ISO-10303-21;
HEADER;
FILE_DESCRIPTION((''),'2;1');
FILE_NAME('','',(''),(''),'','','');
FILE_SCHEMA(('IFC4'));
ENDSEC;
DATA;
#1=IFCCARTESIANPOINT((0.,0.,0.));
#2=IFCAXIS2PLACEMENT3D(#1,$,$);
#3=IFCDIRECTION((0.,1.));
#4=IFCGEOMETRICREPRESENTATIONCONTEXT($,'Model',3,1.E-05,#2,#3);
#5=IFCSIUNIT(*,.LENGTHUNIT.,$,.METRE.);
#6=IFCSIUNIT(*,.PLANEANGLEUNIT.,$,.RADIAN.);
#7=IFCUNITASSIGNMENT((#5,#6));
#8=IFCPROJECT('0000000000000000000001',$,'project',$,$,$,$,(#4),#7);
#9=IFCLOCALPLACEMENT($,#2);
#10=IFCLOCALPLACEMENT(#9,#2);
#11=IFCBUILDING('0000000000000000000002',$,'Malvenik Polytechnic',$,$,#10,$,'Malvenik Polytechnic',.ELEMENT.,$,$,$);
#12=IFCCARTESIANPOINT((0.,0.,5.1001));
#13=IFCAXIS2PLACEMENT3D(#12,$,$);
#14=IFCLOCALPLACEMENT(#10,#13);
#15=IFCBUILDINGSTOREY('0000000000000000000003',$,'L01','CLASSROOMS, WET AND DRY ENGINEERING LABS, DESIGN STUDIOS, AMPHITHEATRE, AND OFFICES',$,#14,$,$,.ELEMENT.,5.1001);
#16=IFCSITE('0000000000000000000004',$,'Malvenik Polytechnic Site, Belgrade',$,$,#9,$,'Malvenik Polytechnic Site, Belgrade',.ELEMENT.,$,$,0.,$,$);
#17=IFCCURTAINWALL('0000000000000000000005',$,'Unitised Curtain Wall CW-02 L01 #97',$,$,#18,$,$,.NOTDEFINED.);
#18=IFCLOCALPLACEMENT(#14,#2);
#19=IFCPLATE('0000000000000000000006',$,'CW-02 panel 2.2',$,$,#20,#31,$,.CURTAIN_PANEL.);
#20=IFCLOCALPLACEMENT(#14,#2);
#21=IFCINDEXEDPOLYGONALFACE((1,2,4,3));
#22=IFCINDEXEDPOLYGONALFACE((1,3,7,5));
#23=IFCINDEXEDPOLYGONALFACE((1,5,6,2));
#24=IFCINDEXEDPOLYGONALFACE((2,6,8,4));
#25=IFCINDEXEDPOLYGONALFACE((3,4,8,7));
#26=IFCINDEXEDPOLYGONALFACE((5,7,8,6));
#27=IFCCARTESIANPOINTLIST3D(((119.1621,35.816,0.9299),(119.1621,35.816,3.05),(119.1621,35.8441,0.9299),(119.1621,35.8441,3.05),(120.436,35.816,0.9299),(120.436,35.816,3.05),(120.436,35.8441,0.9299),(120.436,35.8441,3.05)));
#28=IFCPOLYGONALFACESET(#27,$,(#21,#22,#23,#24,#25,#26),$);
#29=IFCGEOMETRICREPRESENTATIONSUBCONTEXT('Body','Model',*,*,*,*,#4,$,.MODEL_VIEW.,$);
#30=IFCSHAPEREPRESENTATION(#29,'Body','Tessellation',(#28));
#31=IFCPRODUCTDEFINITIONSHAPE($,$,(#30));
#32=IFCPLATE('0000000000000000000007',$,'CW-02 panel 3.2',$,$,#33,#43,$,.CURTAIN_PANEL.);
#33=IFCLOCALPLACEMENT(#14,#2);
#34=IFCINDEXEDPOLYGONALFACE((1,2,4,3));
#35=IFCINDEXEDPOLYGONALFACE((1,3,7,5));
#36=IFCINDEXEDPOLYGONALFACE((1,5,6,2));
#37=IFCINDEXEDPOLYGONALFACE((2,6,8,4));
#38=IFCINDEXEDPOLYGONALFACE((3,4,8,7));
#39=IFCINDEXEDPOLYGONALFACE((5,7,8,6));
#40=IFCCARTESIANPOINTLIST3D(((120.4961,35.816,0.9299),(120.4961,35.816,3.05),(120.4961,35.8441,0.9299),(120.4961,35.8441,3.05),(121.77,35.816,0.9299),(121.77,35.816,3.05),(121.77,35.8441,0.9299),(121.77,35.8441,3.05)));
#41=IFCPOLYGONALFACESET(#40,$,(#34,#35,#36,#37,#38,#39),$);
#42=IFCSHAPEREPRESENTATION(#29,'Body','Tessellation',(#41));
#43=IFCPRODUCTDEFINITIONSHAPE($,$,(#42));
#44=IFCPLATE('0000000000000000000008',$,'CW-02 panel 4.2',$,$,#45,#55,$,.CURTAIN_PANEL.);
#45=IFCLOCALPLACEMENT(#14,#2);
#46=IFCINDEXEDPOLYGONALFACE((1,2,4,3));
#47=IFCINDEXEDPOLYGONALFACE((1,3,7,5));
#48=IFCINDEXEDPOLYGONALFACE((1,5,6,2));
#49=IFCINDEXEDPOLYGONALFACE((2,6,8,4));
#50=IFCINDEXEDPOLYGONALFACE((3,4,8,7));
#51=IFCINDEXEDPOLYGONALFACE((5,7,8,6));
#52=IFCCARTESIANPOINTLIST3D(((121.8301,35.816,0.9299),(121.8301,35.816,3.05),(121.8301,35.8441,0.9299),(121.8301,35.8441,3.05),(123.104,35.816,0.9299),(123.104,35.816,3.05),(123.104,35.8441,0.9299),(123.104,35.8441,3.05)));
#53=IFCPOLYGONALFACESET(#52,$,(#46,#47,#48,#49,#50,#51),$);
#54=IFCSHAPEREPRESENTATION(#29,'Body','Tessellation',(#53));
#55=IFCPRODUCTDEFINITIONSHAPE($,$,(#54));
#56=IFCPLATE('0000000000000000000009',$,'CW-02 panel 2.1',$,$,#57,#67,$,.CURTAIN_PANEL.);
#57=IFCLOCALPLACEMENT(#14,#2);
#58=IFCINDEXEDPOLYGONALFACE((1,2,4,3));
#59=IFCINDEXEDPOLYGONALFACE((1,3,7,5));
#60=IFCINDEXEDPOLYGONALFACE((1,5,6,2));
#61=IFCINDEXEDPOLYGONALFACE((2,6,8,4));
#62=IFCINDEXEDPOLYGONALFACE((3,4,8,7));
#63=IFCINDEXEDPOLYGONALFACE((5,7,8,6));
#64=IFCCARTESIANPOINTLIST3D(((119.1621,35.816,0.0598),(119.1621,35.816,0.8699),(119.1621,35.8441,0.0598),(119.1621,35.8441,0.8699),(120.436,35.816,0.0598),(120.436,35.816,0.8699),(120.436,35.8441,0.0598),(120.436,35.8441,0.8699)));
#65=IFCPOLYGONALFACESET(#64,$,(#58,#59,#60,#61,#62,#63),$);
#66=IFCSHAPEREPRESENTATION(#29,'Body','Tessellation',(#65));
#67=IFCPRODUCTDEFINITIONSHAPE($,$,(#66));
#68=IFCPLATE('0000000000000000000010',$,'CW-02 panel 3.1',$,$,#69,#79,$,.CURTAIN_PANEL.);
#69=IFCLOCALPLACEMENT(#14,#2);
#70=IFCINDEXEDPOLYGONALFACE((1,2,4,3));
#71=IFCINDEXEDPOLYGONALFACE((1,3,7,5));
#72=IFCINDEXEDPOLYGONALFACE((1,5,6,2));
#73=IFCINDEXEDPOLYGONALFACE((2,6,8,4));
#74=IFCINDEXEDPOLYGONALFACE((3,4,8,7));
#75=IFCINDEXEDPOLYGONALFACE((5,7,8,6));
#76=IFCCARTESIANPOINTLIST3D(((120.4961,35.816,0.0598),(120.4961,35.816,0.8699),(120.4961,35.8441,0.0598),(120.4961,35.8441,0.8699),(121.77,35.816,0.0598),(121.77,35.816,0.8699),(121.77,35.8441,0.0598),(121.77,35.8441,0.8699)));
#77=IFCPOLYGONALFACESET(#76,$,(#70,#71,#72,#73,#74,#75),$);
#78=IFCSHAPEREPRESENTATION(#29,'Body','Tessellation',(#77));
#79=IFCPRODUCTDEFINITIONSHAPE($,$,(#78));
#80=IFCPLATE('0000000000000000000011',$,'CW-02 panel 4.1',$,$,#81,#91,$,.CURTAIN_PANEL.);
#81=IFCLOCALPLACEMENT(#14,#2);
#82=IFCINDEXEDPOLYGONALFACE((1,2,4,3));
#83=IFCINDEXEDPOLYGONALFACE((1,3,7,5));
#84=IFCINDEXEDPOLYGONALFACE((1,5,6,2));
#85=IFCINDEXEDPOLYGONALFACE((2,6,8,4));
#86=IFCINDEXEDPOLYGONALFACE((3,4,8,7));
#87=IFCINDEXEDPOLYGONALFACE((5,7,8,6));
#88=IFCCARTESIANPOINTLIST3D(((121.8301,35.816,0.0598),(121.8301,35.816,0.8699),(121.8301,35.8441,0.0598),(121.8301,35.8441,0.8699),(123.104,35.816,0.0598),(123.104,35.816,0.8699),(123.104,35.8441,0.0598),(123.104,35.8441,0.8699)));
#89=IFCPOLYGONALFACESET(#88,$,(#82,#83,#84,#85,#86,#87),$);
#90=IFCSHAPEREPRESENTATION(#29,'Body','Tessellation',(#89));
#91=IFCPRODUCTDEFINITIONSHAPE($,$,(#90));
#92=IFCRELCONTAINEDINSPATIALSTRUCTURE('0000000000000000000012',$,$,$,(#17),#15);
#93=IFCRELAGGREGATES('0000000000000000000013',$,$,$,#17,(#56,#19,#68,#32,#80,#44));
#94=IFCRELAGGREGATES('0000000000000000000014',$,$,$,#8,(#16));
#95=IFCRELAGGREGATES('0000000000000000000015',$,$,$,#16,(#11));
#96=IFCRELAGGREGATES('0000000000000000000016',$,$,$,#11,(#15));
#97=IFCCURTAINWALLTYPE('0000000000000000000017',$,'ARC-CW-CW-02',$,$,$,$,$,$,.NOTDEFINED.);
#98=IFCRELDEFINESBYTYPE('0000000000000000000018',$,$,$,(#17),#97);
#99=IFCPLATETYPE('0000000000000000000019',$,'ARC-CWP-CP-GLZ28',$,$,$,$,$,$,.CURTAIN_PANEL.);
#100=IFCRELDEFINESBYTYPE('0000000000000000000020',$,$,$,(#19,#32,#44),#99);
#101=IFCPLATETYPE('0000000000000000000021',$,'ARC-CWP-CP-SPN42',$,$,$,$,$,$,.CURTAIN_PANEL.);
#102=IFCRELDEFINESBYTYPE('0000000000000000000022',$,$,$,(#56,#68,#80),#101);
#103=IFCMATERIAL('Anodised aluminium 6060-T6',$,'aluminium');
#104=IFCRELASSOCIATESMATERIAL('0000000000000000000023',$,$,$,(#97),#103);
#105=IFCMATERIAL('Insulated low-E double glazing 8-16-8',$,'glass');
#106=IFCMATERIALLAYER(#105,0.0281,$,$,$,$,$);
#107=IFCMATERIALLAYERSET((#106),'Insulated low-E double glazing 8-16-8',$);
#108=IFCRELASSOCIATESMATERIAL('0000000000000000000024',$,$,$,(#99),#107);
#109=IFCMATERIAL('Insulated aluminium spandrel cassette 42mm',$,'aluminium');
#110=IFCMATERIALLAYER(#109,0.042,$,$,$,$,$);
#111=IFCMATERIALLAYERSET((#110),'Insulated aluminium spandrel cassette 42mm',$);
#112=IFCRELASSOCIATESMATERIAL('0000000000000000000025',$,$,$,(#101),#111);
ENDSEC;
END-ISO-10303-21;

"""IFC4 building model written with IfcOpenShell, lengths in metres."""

from ifc_helpers import new_model, si_unit, direction, frame, origin, origin_2d, place, context, subcontext, project, spatial, rectangle, extrude, material, layer, layer_set, type_object, element, aggregate, save


model = new_model("IFC4")

# Units and contexts
model_context = context("Model", 3, precision=1e-05, world=origin(), true_north=direction((0.0, 1.0)))
body_context = subcontext(model_context, "Body", "Model", "MODEL_VIEW")
ifc_project = project(units=[si_unit("LENGTHUNIT", "METRE"), si_unit("PLANEANGLEUNIT", "RADIAN")], contexts=[model_context])

# Site, building, storey
site_placement = place(None, origin())
site = spatial("IfcSite", under=ifc_project, at=site_placement, Name="Malvenik Polytechnic Site, Belgrade", LongName="Malvenik Polytechnic Site, Belgrade", CompositionType="ELEMENT", RefElevation=0.0)
building_placement = place(site_placement, origin())
building = spatial("IfcBuilding", under=site, at=building_placement, Name="Malvenik Polytechnic", LongName="Malvenik Polytechnic", CompositionType="ELEMENT")
storey_placement = place(building_placement, frame((0.0, 0.0, 5.1001)))
storey = spatial("IfcBuildingStorey", under=building, at=storey_placement, Name="L01", Description="CLASSROOMS, WET AND DRY ENGINEERING LABS, DESIGN STUDIOS, AMPHITHEATRE, AND OFFICES", CompositionType="ELEMENT", Elevation=5.1001)

# Curtain wall
ifc_material_1 = material(Name="Anodised aluminium 6060-T6", Category="aluminium")
curtain_wall_type = type_object("IfcCurtainWallType", Name="ARC-CW-CW-02", PredefinedType="NOTDEFINED", material=ifc_material_1)
curtain_wall_placement = place(storey_placement, origin())
curtain_wall = element("IfcCurtainWall", 1, at=curtain_wall_placement, inside=storey, type_object=curtain_wall_type, Name="Unitised Curtain Wall CW-02 L01 #97", PredefinedType="NOTDEFINED")

# Plates
ifc_material_2 = material(Name="Insulated low-E double glazing 8-16-8", Category="glass")
ifc_layer_1 = layer(ifc_material_2, 0.0281)
ifc_layer_set_1 = layer_set([ifc_layer_1], Name="Insulated low-E double glazing 8-16-8")
plate_type_1 = type_object("IfcPlateType", Name="ARC-CWP-CP-GLZ28", PredefinedType="CURTAIN_PANEL", material=ifc_layer_set_1)
plate_1_placement = place(storey_placement, frame((119.7991, 35.8301, 0.9299), z_axis=(0.0, 0.0, 1.0), x_axis=(1.0, 0.0, 0.0)))
plate_1 = element("IfcPlate", 2, at=plate_1_placement, type_object=plate_type_1, Name="CW-02 panel 2.2", PredefinedType="CURTAIN_PANEL", context=body_context, shape_type="SweptSolid", body=[
    extrude(rectangle(XDim=1.2739, YDim=0.0281, at=origin_2d()), origin(), (0.0, 0.0, 1.0), 2.1201),
])
plate_2_placement = place(storey_placement, frame((121.1331, 35.8301, 0.9299), z_axis=(0.0, 0.0, 1.0), x_axis=(1.0, 0.0, 0.0)))
plate_2 = element("IfcPlate", 3, at=plate_2_placement, type_object=plate_type_1, Name="CW-02 panel 3.2", PredefinedType="CURTAIN_PANEL", context=body_context, shape_type="SweptSolid", body=[
    extrude(rectangle(XDim=1.2739, YDim=0.0281, at=origin_2d()), origin(), (0.0, 0.0, 1.0), 2.1201),
])
plate_3_placement = place(storey_placement, frame((122.467, 35.8301, 0.9299), z_axis=(0.0, 0.0, 1.0), x_axis=(1.0, 0.0, 0.0)))
plate_3 = element("IfcPlate", 4, at=plate_3_placement, type_object=plate_type_1, Name="CW-02 panel 4.2", PredefinedType="CURTAIN_PANEL", context=body_context, shape_type="SweptSolid", body=[
    extrude(rectangle(XDim=1.2739, YDim=0.0281, at=origin_2d()), origin(), (0.0, 0.0, 1.0), 2.1201),
])
ifc_material_3 = material(Name="Insulated aluminium spandrel cassette 42mm", Category="aluminium")
ifc_layer_2 = layer(ifc_material_3, 0.042)
ifc_layer_set_2 = layer_set([ifc_layer_2], Name="Insulated aluminium spandrel cassette 42mm")
plate_type_2 = type_object("IfcPlateType", Name="ARC-CWP-CP-SPN42", PredefinedType="CURTAIN_PANEL", material=ifc_layer_set_2)
plate_4_placement = place(storey_placement, frame((119.7991, 35.8301, 0.0598), z_axis=(0.0, 0.0, 1.0), x_axis=(1.0, 0.0, 0.0)))
plate_4 = element("IfcPlate", 5, at=plate_4_placement, type_object=plate_type_2, Name="CW-02 panel 2.1", PredefinedType="CURTAIN_PANEL", context=body_context, shape_type="SweptSolid", body=[
    extrude(rectangle(XDim=1.2739, YDim=0.0281, at=origin_2d()), origin(), (0.0, 0.0, 1.0), 0.8101),
])
plate_5_placement = place(storey_placement, frame((121.1331, 35.8301, 0.0598), z_axis=(0.0, 0.0, 1.0), x_axis=(1.0, 0.0, 0.0)))
plate_5 = element("IfcPlate", 6, at=plate_5_placement, type_object=plate_type_2, Name="CW-02 panel 3.1", PredefinedType="CURTAIN_PANEL", context=body_context, shape_type="SweptSolid", body=[
    extrude(rectangle(XDim=1.2739, YDim=0.0281, at=origin_2d()), origin(), (0.0, 0.0, 1.0), 0.8101),
])
plate_6_placement = place(storey_placement, frame((122.467, 35.8301, 0.0598), z_axis=(0.0, 0.0, 1.0), x_axis=(1.0, 0.0, 0.0)))
plate_6 = element("IfcPlate", 7, at=plate_6_placement, type_object=plate_type_2, Name="CW-02 panel 4.1", PredefinedType="CURTAIN_PANEL", context=body_context, shape_type="SweptSolid", body=[
    extrude(rectangle(XDim=1.2739, YDim=0.0281, at=origin_2d()), origin(), (0.0, 0.0, 1.0), 0.8101),
])
aggregate(curtain_wall, [plate_4, plate_1, plate_5, plate_2, plate_6, plate_3])

save(model, "model.ifc")
